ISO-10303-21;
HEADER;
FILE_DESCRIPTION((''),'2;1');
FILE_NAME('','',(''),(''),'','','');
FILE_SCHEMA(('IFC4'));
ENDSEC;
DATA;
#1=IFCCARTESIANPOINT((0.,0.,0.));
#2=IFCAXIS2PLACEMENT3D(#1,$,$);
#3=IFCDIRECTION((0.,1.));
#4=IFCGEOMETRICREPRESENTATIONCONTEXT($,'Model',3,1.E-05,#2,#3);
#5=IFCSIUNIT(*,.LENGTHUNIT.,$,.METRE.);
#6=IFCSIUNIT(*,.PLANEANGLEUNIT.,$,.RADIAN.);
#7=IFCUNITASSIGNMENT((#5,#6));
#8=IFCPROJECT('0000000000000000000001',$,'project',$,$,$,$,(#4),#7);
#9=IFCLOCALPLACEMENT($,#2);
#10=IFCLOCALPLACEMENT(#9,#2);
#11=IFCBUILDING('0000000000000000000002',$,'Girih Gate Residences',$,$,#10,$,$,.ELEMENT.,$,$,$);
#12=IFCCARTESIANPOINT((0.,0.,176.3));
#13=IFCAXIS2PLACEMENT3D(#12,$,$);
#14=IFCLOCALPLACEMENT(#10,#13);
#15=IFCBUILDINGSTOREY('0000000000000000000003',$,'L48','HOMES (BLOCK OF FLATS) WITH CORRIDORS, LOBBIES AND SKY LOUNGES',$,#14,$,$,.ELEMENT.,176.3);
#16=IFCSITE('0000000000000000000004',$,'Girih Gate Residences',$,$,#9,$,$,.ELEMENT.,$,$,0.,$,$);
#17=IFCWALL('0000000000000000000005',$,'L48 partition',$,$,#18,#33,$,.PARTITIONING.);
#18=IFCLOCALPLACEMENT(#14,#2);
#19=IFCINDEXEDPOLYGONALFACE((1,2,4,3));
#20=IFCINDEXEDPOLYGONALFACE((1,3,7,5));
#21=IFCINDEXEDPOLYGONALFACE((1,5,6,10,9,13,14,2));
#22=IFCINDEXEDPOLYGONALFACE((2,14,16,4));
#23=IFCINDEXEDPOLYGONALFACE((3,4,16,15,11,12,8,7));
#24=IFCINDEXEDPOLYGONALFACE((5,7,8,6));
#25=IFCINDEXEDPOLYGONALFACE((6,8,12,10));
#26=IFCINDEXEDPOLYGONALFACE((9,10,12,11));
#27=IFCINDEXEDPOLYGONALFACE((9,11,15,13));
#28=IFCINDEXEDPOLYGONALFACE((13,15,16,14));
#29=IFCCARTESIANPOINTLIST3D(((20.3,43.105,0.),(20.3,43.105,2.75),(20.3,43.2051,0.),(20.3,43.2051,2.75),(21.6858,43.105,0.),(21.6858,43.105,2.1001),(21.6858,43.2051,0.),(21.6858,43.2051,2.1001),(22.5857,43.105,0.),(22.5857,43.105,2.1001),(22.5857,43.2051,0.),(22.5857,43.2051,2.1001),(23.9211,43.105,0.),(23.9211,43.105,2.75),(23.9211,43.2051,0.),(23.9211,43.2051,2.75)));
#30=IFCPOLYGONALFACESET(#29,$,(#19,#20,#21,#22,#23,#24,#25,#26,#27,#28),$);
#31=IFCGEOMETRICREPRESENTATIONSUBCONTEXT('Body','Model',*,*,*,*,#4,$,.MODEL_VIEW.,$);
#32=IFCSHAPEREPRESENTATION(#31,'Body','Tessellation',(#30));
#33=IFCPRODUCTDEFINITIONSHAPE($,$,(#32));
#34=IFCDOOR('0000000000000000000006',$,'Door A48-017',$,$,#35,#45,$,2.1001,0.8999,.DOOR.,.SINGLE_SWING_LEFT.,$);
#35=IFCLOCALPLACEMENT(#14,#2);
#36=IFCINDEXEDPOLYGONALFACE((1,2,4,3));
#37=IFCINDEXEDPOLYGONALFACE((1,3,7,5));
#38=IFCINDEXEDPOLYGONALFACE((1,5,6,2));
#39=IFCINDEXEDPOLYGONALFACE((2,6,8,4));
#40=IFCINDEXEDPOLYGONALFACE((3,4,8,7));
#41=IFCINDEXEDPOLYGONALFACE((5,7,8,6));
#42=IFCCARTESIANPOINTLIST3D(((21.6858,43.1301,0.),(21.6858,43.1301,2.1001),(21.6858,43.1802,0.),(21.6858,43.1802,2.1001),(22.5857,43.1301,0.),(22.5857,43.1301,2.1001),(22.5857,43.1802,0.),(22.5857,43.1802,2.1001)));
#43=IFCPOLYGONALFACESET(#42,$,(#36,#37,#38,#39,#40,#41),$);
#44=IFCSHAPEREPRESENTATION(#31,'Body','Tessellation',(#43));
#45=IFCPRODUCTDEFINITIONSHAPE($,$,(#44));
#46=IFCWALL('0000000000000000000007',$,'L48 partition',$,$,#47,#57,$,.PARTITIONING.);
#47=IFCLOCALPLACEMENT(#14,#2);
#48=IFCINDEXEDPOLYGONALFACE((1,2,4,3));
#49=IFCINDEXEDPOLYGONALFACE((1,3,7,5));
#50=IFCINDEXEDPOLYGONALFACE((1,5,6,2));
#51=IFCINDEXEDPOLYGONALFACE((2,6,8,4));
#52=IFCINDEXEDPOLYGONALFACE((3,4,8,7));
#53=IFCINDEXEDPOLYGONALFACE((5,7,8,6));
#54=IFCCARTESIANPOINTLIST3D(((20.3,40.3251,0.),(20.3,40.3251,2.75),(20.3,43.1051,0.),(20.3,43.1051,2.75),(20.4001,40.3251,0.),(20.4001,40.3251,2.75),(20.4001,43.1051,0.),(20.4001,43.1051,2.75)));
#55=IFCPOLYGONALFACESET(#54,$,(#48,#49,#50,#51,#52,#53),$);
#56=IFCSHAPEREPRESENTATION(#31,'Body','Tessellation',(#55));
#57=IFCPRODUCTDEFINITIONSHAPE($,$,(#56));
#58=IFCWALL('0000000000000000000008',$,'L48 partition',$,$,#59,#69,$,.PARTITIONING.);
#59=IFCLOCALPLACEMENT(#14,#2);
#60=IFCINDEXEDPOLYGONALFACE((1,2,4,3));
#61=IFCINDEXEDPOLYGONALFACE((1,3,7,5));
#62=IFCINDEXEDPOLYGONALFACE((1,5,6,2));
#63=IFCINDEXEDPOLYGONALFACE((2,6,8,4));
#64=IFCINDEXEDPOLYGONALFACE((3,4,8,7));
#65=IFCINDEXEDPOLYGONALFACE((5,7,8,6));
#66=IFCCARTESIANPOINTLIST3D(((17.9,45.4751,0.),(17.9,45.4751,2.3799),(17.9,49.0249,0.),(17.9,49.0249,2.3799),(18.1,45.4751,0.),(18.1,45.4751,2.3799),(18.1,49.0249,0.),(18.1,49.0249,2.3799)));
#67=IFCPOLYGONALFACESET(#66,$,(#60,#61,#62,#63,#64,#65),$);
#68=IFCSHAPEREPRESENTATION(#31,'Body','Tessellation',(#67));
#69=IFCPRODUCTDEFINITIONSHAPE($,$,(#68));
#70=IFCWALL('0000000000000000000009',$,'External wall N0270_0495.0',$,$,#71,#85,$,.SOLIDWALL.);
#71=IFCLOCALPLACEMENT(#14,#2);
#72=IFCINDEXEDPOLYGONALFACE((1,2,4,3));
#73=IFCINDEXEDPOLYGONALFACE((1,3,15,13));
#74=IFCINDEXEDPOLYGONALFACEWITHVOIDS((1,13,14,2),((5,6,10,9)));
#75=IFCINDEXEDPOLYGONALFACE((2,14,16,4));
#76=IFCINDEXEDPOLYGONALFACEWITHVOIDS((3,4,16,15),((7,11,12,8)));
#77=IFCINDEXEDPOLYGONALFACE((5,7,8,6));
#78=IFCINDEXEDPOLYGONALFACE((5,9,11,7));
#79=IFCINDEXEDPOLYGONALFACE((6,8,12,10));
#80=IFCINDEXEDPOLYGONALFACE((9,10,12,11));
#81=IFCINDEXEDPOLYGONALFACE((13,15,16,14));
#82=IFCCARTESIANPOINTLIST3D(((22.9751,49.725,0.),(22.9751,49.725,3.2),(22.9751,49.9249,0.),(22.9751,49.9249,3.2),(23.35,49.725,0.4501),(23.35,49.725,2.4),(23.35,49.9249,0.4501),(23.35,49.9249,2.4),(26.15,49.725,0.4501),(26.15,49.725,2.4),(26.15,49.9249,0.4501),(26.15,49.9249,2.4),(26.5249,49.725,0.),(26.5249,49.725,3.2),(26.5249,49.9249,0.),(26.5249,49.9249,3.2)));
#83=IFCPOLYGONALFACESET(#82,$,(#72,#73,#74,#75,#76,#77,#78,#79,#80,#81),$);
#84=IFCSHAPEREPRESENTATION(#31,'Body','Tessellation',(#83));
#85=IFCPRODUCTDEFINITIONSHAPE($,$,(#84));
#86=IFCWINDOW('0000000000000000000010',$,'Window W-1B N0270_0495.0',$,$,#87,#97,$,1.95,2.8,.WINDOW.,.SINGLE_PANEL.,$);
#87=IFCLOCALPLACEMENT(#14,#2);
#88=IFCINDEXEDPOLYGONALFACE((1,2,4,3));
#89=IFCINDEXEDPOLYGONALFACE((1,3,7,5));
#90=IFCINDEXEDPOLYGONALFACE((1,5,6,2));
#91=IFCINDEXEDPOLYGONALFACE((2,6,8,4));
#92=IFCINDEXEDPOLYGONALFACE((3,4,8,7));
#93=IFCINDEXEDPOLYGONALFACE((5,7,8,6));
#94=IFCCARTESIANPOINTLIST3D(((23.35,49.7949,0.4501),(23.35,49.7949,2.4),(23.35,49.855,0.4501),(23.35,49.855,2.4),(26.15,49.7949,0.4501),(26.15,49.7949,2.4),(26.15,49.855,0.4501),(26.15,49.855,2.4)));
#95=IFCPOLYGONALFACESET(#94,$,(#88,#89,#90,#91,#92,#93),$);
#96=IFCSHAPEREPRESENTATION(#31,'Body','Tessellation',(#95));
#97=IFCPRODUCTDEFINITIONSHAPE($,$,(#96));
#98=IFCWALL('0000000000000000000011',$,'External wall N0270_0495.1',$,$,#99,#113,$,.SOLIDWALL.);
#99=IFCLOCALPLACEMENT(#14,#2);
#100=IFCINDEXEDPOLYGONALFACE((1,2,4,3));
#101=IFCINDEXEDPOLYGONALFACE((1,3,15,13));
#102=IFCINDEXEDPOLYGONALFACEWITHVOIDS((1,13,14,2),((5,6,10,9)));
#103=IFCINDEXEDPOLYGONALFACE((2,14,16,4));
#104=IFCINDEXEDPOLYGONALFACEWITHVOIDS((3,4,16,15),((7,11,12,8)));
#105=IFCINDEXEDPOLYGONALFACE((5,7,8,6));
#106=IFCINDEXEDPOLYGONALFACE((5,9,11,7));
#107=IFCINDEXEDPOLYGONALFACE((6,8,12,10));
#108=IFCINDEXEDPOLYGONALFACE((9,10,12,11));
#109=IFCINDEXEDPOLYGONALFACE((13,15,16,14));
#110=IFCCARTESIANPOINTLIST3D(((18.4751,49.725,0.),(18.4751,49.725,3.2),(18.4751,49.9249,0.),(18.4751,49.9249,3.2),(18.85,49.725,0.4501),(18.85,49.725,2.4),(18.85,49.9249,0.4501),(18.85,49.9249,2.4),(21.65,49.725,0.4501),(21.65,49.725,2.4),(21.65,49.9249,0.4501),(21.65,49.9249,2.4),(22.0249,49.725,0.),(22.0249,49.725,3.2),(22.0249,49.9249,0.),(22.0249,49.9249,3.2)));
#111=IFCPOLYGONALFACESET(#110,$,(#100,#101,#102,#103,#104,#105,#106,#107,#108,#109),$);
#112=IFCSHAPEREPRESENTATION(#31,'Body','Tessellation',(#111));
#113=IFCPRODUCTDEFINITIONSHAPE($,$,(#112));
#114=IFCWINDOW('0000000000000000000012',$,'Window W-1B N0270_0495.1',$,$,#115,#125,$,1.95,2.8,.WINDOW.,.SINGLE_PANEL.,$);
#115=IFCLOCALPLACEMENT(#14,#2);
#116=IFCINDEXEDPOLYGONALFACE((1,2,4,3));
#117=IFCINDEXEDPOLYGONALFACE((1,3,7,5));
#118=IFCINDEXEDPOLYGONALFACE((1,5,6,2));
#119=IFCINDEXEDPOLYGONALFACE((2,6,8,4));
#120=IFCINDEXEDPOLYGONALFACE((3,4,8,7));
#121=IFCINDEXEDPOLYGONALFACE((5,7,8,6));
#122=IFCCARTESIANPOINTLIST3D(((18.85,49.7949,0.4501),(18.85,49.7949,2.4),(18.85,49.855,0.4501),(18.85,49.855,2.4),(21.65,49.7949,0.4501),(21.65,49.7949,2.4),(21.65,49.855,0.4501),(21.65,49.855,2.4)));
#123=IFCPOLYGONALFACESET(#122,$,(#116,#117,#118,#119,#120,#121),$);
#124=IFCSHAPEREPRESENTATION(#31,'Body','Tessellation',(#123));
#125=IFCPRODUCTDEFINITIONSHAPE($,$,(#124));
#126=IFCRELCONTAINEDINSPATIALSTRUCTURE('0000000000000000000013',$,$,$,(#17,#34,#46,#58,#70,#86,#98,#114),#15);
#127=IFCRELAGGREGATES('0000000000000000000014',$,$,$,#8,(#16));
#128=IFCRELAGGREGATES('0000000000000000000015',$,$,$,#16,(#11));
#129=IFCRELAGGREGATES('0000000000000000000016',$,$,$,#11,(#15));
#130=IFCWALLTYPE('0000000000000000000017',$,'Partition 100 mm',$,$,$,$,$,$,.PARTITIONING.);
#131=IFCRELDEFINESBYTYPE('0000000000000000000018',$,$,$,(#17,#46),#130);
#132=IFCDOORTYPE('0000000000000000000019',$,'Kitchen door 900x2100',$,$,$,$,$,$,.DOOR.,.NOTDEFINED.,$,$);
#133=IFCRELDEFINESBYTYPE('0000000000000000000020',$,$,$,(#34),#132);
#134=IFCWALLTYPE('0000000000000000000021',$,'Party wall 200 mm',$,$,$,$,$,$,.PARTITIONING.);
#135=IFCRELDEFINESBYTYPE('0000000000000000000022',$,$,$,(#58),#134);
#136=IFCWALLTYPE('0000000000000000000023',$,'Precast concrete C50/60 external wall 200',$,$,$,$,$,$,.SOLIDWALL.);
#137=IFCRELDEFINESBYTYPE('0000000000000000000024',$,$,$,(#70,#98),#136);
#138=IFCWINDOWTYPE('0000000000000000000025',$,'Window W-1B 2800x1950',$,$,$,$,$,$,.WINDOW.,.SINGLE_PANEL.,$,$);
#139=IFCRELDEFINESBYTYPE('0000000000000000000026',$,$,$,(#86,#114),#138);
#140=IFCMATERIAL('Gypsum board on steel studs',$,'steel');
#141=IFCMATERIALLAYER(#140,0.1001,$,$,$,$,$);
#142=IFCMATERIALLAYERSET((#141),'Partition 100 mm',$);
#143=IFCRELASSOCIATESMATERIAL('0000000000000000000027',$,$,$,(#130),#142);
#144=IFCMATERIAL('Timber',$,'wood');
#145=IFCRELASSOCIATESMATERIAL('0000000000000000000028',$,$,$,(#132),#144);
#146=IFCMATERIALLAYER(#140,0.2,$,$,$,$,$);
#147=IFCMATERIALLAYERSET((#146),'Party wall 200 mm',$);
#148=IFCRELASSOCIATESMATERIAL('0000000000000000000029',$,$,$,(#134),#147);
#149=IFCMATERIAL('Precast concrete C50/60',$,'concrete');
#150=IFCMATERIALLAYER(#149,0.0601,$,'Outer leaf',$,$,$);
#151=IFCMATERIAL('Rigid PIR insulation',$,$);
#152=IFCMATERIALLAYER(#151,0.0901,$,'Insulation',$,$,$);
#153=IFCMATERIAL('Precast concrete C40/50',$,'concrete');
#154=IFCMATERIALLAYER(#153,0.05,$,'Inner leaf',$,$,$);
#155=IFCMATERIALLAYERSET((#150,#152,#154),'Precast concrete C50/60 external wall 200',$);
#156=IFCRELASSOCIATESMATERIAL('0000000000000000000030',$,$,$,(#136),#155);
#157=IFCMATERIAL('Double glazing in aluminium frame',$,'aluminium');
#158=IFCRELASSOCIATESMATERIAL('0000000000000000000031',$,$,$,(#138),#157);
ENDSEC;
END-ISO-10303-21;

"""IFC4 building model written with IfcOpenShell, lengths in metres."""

from ifc_helpers import new_model, si_unit, direction, frame, frame_2d, origin, place, context, subcontext, project, spatial, rectangle, extrude, material, layer, layer_set, type_object, element, fill, save


model = new_model("IFC4")

# Units and contexts
model_context = context("Model", 3, precision=1e-05, world=origin(), true_north=direction((0.0, 1.0)))
body_context = subcontext(model_context, "Body", "Model", "MODEL_VIEW")
ifc_project = project(units=[si_unit("LENGTHUNIT", "METRE"), si_unit("PLANEANGLEUNIT", "RADIAN")], contexts=[model_context])

# Site, building, storey
site_placement = place(None, origin())
site = spatial("IfcSite", under=ifc_project, at=site_placement, Name="Girih Gate Residences", CompositionType="ELEMENT", RefElevation=0.0)
building_placement = place(site_placement, origin())
building = spatial("IfcBuilding", under=site, at=building_placement, Name="Girih Gate Residences", CompositionType="ELEMENT")
storey_placement = place(building_placement, frame((0.0, 0.0, 176.3)))
storey = spatial("IfcBuildingStorey", under=building, at=storey_placement, Name="L48", Description="HOMES (BLOCK OF FLATS) WITH CORRIDORS, LOBBIES AND SKY LOUNGES", CompositionType="ELEMENT", Elevation=176.3)

# Shared definitions
ifc_material_1 = material(Name="Gypsum board on steel studs", Category="steel")
ifc_layer_1 = layer(ifc_material_1, 0.1001)
ifc_layer_set_1 = layer_set([ifc_layer_1], Name="Partition 100 mm")
wall_type_1 = type_object("IfcWallType", Name="Partition 100 mm", PredefinedType="PARTITIONING", material=ifc_layer_set_1)

# Wall, opening, door
ifc_material_2 = material(Name="Timber", Category="wood")
wall_1_placement = place(storey_placement, frame((23.9211, 43.155, 0.0), z_axis=(0.0, 0.0, 1.0), x_axis=(-1.0, 0.0, 0.0)))
wall_1 = element("IfcWall", 1, at=wall_1_placement, inside=storey, type_object=wall_type_1, Name="L48 partition", PredefinedType="PARTITIONING", context=body_context, shape_type="SweptSolid", body=[
    extrude(rectangle(XDim=3.6211, YDim=0.1001, at=frame_2d((1.8105, 0.0))), origin(), (0.0, 0.0, 1.0), 2.75),
])
opening_1_placement = place(wall_1_placement, frame((1.3354, 0.0, 0.0)))
opening_1 = element("IfcOpeningElement", 2, at=opening_1_placement, cuts=wall_1, PredefinedType="OPENING", context=body_context, shape_type="SweptSolid", body=[
    extrude(rectangle(XDim=0.8999, YDim=2.1001, at=frame_2d((0.45, 1.05))), frame((0.0, 0.0601, 0.0), z_axis=(0.0, -1.0, 0.0), x_axis=(1.0, 0.0, 0.0)), (0.0, 0.0, 1.0), 0.1201),
])
door_type_1 = type_object("IfcDoorType", Name="Kitchen door 900x2100", OperationType="NOTDEFINED", PredefinedType="DOOR", material=ifc_material_2)
door_1_placement = place(opening_1_placement, origin())
door_1 = element("IfcDoor", 3, at=door_1_placement, inside=storey, type_object=door_type_1, Name="Door A48-017", OperationType="SINGLE_SWING_LEFT", OverallHeight=2.1001, OverallWidth=0.8999, PredefinedType="DOOR", context=body_context, shape_type="SweptSolid", body=[
    extrude(rectangle(XDim=0.8999, YDim=2.1001, at=frame_2d((0.45, 1.05))), frame((0.0, 0.0249, 0.0), z_axis=(0.0, -1.0, 0.0), x_axis=(1.0, 0.0, 0.0)), (0.0, 0.0, 1.0), 0.05),
])
fill(opening_1, door_1)

# Walls
wall_2_placement = place(storey_placement, frame((20.3501, 40.325, 0.0), z_axis=(0.0, 0.0, 1.0), x_axis=(0.0, 1.0, 0.0)))
element("IfcWall", 4, at=wall_2_placement, inside=storey, type_object=wall_type_1, Name="L48 partition", PredefinedType="PARTITIONING", context=body_context, shape_type="SweptSolid", body=[
    extrude(rectangle(XDim=2.78, YDim=0.1001, at=frame_2d((1.3901, 0.0))), origin(), (0.0, 0.0, 1.0), 2.75),
])
ifc_layer_2 = layer(ifc_material_1, 0.2)
ifc_layer_set_2 = layer_set([ifc_layer_2], Name="Party wall 200 mm")
wall_type_2 = type_object("IfcWallType", Name="Party wall 200 mm", PredefinedType="PARTITIONING", material=ifc_layer_set_2)
wall_3_placement = place(storey_placement, frame((18.0, 45.4751, 0.0), z_axis=(0.0, 0.0, 1.0), x_axis=(0.0, 1.0, 0.0)))
element("IfcWall", 5, at=wall_3_placement, inside=storey, type_object=wall_type_2, Name="L48 partition", PredefinedType="PARTITIONING", context=body_context, shape_type="SweptSolid", body=[
    extrude(rectangle(XDim=3.5498, YDim=0.2, at=frame_2d((1.7749, 0.0))), origin(), (0.0, 0.0, 1.0), 2.3799),
])

# Walls, openings, windows
ifc_material_3 = material(Name="Precast concrete C50/60", Category="concrete")
ifc_layer_3 = layer(ifc_material_3, 0.0601, Name="Outer leaf")
ifc_material_4 = material(Name="Rigid PIR insulation")
ifc_layer_4 = layer(ifc_material_4, 0.0901, Name="Insulation")
ifc_material_5 = material(Name="Precast concrete C40/50", Category="concrete")
ifc_layer_5 = layer(ifc_material_5, 0.05, Name="Inner leaf")
ifc_layer_set_3 = layer_set([ifc_layer_3, ifc_layer_4, ifc_layer_5], Name="Precast concrete C50/60 external wall 200")
wall_type_3 = type_object("IfcWallType", Name="Precast concrete C50/60 external wall 200", PredefinedType="SOLIDWALL", material=ifc_layer_set_3)
wall_4_placement = place(storey_placement, frame((22.9751, 49.825, 0.0), z_axis=(0.0, 0.0, 1.0), x_axis=(1.0, 0.0, 0.0)))
wall_4 = element("IfcWall", 6, at=wall_4_placement, inside=storey, type_object=wall_type_3, Name="External wall N0270_0495.0", PredefinedType="SOLIDWALL", context=body_context, shape_type="SweptSolid", body=[
    extrude(rectangle(XDim=3.5498, YDim=0.2, at=frame_2d((1.7749, 0.0))), origin(), (0.0, 0.0, 1.0), 3.2),
])
opening_2_placement = place(wall_4_placement, frame((0.375, 0.0, 0.45)))
opening_2 = element("IfcOpeningElement", 7, at=opening_2_placement, cuts=wall_4, PredefinedType="OPENING", context=body_context, shape_type="SweptSolid", body=[
    extrude(rectangle(XDim=2.8, YDim=1.95, at=frame_2d((1.3999, 0.9751))), frame((0.0, 0.1099, 0.0), z_axis=(0.0, -1.0, 0.0), x_axis=(1.0, 0.0, 0.0)), (0.0, 0.0, 1.0), 0.22),
])
ifc_material_6 = material(Name="Double glazing in aluminium frame", Category="aluminium")
window_type = type_object("IfcWindowType", Name="Window W-1B 2800x1950", PartitioningType="SINGLE_PANEL", PredefinedType="WINDOW", material=ifc_material_6)
window_1_placement = place(opening_2_placement, origin())
window_1 = element("IfcWindow", 8, at=window_1_placement, inside=storey, type_object=window_type, Name="Window W-1B N0270_0495.0", OverallHeight=1.95, OverallWidth=2.8, PartitioningType="SINGLE_PANEL", PredefinedType="WINDOW", context=body_context, shape_type="SweptSolid", body=[
    extrude(rectangle(XDim=2.8, YDim=1.95, at=frame_2d((1.3999, 0.9751))), frame((0.0, 0.03, 0.0), z_axis=(0.0, -1.0, 0.0), x_axis=(1.0, 0.0, 0.0)), (0.0, 0.0, 1.0), 0.0601),
])
fill(opening_2, window_1)
wall_5_placement = place(storey_placement, frame((18.4751, 49.825, 0.0), z_axis=(0.0, 0.0, 1.0), x_axis=(1.0, 0.0, 0.0)))
wall_5 = element("IfcWall", 9, at=wall_5_placement, inside=storey, type_object=wall_type_3, Name="External wall N0270_0495.1", PredefinedType="SOLIDWALL", context=body_context, shape_type="SweptSolid", body=[
    extrude(rectangle(XDim=3.5498, YDim=0.2, at=frame_2d((1.7749, 0.0))), origin(), (0.0, 0.0, 1.0), 3.2),
])
opening_3_placement = place(wall_5_placement, frame((0.375, 0.0, 0.45)))
opening_3 = element("IfcOpeningElement", 10, at=opening_3_placement, cuts=wall_5, PredefinedType="OPENING", context=body_context, shape_type="SweptSolid", body=[
    extrude(rectangle(XDim=2.8, YDim=1.95, at=frame_2d((1.3999, 0.9751))), frame((0.0, 0.1099, 0.0), z_axis=(0.0, -1.0, 0.0), x_axis=(1.0, 0.0, 0.0)), (0.0, 0.0, 1.0), 0.22),
])
window_2_placement = place(opening_3_placement, origin())
window_2 = element("IfcWindow", 11, at=window_2_placement, inside=storey, type_object=window_type, Name="Window W-1B N0270_0495.1", OverallHeight=1.95, OverallWidth=2.8, PartitioningType="SINGLE_PANEL", PredefinedType="WINDOW", context=body_context, shape_type="SweptSolid", body=[
    extrude(rectangle(XDim=2.8, YDim=1.95, at=frame_2d((1.3999, 0.9751))), frame((0.0, 0.03, 0.0), z_axis=(0.0, -1.0, 0.0), x_axis=(1.0, 0.0, 0.0)), (0.0, 0.0, 1.0), 0.0601),
])
fill(opening_3, window_2)

save(model, "model.ifc")
